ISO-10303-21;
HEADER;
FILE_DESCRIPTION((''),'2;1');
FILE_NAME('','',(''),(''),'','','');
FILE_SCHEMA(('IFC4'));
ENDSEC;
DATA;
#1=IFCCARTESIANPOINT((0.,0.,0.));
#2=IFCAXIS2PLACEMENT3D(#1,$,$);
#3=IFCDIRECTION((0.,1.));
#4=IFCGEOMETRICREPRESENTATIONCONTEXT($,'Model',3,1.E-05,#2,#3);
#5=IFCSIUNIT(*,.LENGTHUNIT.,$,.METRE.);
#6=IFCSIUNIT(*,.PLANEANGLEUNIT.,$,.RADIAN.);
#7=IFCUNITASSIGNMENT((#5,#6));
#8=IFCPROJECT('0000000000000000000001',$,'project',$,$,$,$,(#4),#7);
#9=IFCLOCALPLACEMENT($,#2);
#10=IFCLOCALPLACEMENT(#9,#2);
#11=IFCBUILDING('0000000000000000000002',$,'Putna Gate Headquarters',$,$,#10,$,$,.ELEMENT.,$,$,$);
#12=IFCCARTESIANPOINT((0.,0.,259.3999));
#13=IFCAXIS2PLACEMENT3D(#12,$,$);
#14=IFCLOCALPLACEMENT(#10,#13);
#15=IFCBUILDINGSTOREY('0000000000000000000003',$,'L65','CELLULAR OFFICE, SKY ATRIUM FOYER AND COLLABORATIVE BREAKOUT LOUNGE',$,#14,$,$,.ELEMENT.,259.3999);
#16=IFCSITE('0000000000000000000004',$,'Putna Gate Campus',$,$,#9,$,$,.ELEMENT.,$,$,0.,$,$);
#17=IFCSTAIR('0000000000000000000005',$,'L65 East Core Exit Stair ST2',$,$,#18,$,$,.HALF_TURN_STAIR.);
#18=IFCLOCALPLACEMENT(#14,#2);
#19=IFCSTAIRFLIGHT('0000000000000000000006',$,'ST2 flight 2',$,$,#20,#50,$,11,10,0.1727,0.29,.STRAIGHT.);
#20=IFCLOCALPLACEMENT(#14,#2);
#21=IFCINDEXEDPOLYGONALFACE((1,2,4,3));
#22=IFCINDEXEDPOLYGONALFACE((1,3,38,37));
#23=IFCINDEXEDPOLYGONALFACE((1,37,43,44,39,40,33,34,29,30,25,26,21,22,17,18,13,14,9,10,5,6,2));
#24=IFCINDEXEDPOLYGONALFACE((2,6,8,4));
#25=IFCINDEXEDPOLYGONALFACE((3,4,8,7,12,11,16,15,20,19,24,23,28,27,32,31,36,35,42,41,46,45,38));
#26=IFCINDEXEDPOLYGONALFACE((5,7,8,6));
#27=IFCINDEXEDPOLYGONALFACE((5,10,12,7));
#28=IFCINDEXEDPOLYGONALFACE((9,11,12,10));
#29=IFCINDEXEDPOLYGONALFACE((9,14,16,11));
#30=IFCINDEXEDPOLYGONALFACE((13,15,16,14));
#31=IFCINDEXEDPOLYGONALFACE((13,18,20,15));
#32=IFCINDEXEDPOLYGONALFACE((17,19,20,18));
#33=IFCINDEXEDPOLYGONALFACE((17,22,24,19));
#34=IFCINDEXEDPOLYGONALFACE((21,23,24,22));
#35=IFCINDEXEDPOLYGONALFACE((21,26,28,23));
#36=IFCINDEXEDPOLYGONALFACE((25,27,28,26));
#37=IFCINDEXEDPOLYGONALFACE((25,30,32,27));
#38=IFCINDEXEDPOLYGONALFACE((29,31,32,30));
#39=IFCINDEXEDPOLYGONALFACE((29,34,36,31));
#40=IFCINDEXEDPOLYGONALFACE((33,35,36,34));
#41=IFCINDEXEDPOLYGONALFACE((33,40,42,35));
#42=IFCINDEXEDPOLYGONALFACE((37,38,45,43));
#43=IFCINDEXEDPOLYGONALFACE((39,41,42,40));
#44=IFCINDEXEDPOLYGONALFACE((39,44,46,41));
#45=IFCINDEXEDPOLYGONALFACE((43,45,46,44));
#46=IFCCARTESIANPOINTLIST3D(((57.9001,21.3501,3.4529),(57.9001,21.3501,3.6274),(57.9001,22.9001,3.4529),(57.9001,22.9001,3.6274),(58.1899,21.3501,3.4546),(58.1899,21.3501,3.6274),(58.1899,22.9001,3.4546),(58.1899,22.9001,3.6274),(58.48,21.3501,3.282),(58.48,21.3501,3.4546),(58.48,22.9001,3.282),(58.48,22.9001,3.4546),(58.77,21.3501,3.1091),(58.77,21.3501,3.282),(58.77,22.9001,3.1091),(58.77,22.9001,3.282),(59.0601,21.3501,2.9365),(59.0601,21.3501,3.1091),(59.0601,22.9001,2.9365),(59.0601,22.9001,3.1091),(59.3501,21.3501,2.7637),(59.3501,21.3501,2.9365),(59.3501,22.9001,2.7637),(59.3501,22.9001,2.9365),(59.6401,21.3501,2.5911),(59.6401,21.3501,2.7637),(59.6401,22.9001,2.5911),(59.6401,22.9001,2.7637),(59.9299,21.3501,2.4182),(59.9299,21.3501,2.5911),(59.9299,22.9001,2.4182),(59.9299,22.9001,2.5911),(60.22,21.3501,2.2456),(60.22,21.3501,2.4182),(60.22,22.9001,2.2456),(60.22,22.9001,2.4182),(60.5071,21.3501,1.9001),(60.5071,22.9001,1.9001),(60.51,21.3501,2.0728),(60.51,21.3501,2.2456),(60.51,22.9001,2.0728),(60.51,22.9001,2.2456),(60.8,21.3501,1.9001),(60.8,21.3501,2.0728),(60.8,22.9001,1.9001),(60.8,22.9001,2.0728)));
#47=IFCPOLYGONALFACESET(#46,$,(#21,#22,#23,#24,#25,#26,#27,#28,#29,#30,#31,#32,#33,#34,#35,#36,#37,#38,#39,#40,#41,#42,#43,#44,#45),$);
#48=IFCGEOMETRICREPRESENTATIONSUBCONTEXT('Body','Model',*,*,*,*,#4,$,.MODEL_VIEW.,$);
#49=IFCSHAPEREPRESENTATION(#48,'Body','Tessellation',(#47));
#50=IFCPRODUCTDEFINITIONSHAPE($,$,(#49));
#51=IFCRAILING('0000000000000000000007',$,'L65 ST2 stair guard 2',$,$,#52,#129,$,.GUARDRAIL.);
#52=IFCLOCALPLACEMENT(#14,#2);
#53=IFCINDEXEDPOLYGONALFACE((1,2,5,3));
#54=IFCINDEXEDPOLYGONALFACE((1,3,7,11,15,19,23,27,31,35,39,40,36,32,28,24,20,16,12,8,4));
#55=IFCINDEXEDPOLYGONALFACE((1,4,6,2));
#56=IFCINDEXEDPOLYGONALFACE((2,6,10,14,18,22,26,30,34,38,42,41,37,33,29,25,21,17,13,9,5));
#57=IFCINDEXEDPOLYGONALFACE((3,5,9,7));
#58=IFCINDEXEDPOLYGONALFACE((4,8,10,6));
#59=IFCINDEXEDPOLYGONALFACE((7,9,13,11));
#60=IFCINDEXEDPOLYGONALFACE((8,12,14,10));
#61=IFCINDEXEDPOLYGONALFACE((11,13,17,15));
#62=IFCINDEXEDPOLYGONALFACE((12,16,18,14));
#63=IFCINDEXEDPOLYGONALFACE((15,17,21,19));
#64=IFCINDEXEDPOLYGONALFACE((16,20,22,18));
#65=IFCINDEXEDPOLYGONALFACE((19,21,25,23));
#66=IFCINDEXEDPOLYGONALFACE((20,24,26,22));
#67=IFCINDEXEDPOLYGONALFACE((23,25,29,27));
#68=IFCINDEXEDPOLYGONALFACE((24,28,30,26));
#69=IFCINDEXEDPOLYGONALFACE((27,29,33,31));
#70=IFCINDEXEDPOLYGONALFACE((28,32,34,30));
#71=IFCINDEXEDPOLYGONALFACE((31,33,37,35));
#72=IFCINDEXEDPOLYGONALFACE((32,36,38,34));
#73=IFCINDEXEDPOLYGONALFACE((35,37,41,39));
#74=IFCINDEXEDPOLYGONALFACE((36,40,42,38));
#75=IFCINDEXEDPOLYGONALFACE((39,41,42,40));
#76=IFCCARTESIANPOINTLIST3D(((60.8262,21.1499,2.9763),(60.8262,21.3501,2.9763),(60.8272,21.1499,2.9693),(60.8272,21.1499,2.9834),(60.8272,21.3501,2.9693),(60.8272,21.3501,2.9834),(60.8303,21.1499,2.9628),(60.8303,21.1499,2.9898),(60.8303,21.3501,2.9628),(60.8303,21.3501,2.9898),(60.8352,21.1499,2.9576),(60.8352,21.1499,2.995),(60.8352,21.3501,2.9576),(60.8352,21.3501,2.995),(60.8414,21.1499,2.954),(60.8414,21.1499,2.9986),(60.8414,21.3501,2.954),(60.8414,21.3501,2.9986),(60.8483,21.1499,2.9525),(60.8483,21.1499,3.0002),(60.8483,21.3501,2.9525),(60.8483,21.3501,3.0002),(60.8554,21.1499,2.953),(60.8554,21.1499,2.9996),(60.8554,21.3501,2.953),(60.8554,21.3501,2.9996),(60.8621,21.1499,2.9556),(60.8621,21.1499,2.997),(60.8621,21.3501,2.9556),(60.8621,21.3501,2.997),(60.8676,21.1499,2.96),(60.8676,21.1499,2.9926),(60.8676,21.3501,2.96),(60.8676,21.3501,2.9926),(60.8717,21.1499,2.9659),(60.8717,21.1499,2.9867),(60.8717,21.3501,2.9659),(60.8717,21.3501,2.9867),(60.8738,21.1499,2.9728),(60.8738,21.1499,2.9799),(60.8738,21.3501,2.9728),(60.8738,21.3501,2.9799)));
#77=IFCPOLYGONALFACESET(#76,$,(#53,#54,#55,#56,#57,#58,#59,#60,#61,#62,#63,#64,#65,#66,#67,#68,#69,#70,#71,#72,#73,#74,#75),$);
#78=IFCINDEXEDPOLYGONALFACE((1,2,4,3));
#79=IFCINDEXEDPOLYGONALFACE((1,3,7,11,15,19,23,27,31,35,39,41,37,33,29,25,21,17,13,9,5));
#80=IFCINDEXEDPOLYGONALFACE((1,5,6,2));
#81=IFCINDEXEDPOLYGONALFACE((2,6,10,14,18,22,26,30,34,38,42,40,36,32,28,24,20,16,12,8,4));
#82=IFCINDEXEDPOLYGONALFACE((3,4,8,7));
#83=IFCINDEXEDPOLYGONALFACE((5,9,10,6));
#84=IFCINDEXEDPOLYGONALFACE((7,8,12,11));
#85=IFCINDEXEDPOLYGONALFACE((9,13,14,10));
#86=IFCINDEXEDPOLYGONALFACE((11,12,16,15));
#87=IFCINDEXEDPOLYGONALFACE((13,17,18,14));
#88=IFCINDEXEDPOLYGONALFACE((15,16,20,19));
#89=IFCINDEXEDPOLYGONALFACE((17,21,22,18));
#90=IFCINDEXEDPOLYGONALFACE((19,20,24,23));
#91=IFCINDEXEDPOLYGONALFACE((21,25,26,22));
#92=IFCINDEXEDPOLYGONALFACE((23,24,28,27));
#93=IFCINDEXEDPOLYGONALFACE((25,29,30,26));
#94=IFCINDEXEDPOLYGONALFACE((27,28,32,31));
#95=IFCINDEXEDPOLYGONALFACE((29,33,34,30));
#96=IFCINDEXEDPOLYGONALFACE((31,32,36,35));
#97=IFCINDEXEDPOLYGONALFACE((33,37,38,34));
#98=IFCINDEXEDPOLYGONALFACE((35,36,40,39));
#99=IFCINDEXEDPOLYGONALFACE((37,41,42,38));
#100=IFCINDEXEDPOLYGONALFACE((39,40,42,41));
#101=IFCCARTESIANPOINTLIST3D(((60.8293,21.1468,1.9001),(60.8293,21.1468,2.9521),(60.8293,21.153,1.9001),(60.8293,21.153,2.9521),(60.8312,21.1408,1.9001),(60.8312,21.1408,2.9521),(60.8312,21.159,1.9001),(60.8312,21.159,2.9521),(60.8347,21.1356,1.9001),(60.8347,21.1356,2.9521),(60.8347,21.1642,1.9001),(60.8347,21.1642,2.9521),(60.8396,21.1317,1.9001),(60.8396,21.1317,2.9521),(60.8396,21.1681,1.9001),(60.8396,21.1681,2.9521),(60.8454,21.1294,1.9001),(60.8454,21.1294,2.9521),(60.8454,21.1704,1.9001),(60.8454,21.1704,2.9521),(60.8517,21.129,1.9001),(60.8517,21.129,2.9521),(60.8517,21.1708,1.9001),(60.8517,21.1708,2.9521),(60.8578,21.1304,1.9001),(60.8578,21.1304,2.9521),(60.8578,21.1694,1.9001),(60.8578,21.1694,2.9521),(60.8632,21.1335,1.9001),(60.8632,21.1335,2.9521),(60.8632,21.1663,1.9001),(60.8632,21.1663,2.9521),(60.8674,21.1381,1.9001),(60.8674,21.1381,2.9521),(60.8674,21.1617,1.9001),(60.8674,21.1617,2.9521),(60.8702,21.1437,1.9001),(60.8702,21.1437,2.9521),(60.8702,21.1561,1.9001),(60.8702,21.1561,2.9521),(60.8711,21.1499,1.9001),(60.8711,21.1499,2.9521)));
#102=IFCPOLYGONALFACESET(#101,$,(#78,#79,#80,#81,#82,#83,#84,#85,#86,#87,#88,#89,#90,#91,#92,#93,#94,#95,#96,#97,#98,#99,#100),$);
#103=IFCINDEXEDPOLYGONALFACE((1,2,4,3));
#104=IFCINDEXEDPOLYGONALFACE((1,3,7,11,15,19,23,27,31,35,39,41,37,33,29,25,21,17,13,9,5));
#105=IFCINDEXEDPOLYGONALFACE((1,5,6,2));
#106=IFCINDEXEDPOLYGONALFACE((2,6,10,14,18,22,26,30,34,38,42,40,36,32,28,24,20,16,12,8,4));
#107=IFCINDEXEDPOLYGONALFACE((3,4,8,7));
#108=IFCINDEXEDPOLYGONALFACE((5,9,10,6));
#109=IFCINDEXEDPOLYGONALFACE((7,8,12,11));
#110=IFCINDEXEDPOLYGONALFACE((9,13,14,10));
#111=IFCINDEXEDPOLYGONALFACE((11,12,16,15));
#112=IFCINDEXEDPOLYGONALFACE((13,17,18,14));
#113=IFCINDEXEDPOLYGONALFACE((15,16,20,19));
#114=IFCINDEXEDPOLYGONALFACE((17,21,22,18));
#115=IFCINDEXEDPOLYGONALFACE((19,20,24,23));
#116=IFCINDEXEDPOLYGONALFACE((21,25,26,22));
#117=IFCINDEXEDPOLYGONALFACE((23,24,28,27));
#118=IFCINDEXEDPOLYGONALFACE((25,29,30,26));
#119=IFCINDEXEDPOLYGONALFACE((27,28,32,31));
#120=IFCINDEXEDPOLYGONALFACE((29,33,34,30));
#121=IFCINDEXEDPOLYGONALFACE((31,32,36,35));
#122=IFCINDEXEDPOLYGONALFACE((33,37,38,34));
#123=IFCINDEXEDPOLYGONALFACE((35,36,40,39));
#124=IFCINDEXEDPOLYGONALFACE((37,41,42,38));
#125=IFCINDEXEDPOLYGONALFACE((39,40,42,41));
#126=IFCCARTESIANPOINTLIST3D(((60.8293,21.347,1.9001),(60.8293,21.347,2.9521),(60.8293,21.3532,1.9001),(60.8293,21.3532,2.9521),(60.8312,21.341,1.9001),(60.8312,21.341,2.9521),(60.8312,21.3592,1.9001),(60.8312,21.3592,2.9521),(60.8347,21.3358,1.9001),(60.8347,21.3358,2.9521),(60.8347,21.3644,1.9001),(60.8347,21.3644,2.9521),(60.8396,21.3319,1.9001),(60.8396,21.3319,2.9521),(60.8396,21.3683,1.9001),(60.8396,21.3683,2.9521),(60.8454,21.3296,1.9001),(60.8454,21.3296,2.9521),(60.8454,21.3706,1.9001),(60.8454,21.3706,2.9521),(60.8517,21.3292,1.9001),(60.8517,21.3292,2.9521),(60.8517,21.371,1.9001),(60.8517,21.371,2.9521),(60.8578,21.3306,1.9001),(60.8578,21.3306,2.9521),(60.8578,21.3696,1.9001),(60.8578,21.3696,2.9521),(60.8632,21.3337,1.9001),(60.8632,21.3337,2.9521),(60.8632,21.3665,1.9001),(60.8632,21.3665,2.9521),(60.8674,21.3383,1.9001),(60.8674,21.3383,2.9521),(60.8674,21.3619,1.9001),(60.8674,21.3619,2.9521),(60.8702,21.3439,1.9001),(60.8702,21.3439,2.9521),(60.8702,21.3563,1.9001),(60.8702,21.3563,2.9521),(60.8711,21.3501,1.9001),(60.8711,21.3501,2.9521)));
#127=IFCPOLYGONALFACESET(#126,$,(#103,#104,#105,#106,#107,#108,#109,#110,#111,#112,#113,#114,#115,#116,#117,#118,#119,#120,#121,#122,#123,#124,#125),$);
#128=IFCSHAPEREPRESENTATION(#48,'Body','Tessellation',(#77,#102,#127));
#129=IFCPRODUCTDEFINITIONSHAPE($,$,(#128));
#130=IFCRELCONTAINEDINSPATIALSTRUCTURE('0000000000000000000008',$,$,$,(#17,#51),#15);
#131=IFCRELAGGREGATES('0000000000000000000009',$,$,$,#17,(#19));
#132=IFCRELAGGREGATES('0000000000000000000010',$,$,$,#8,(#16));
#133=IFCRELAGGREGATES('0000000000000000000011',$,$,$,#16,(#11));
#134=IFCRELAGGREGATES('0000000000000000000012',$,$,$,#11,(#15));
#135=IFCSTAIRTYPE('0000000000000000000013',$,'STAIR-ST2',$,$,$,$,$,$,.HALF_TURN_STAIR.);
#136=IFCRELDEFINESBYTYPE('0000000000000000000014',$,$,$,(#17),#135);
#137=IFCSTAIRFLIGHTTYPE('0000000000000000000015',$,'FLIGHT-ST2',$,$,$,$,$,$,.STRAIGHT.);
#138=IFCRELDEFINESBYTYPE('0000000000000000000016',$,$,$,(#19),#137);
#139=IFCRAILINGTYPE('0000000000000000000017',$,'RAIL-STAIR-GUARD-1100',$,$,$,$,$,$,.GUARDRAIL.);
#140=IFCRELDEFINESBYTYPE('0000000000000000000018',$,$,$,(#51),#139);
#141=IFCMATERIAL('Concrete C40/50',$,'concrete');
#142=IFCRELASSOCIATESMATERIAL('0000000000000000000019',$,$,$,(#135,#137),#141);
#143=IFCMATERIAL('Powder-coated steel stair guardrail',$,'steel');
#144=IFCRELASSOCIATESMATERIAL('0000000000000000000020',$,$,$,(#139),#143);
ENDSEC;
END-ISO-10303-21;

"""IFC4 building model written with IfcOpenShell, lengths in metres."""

from ifc_helpers import new_model, si_unit, direction, frame, origin, origin_2d, place, context, subcontext, project, spatial, polyline, circle, outline, extrude, material, type_object, element, aggregate, save


model = new_model("IFC4")

# Units and contexts
model_context = context("Model", 3, precision=1e-05, world=origin(), true_north=direction((0.0, 1.0)))
body_context = subcontext(model_context, "Body", "Model", "MODEL_VIEW")
ifc_project = project(units=[si_unit("LENGTHUNIT", "METRE"), si_unit("PLANEANGLEUNIT", "RADIAN")], contexts=[model_context])

# Site, building, storey
site_placement = place(None, origin())
site = spatial("IfcSite", under=ifc_project, at=site_placement, Name="Putna Gate Campus", CompositionType="ELEMENT", RefElevation=0.0)
building_placement = place(site_placement, origin())
building = spatial("IfcBuilding", under=site, at=building_placement, Name="Putna Gate Headquarters", CompositionType="ELEMENT")
storey_placement = place(building_placement, frame((0.0, 0.0, 259.3999)))
storey = spatial("IfcBuildingStorey", under=building, at=storey_placement, Name="L65", Description="CELLULAR OFFICE, SKY ATRIUM FOYER AND COLLABORATIVE BREAKOUT LOUNGE", CompositionType="ELEMENT", Elevation=259.3999)

# Shared definitions
ifc_material_1 = material(Name="Concrete C40/50", Category="concrete")

# Stair, stair flight
stair_type = type_object("IfcStairType", Name="STAIR-ST2", PredefinedType="HALF_TURN_STAIR", material=ifc_material_1)
stair_placement = place(storey_placement, origin())
stair = element("IfcStair", 1, at=stair_placement, inside=storey, type_object=stair_type, Name="L65 East Core Exit Stair ST2", PredefinedType="HALF_TURN_STAIR")
stair_flight_type = type_object("IfcStairFlightType", Name="FLIGHT-ST2", PredefinedType="STRAIGHT", material=ifc_material_1)
stair_flight_placement = place(storey_placement, frame((60.8, 22.125, 1.9001), z_axis=(0.0, 0.0, 1.0), x_axis=(-1.0, 0.0, 0.0)))
stair_flight = element("IfcStairFlight", 2, at=stair_flight_placement, type_object=stair_flight_type, Name="ST2 flight 2", NumberOfRisers=11, NumberOfTreads=10, PredefinedType="STRAIGHT", RiserHeight=0.1727, TreadLength=0.29, context=body_context, shape_type="SweptSolid", body=[
    extrude(outline(polyline([(0.0, 0.0), (0.0, 0.1726), (0.29, 0.1726), (0.29, 0.3455), (0.5801, 0.3455), (0.5801, 0.5181), (0.8701, 0.5181), (0.8701, 0.6909), (1.1599, 0.6909), (1.1599, 0.8635), (1.45, 0.8635), (1.45, 1.0364), (1.74, 1.0364), (1.74, 1.209), (2.03, 1.209), (2.03, 1.3818), (2.3201, 1.3818), (2.3201, 1.5544), (2.6101, 1.5544), (2.6101, 1.7273), (2.8999, 1.7273), (2.8999, 1.8999), (2.8999, 1.5527), (0.293, 0.0), (0.0, 0.0)])), frame((0.0, 0.7749, 0.0), z_axis=(0.0, -1.0, 0.0), x_axis=(1.0, 0.0, 0.0)), (0.0, 0.0, 1.0), 1.55),
])
aggregate(stair, [stair_flight])

# Railing
ifc_material_2 = material(Name="Powder-coated steel stair guardrail", Category="steel")
railing_type_1 = type_object("IfcRailingType", Name="RAIL-STAIR-GUARD-1100", PredefinedType="GUARDRAIL", material=ifc_material_2)
railing_1_placement = place(storey_placement, frame((60.8501, 21.1499, 1.9001)))
element("IfcRailing", 3, at=railing_1_placement, inside=storey, type_object=railing_type_1, Name="L65 ST2 stair guard 2", PredefinedType="GUARDRAIL", context=body_context, shape_type="SweptSolid", body=[
    extrude(circle(Radius=0.0239, at=origin_2d()), frame((0.0, 0.0, 1.0762), z_axis=(0.0, 1.0, 0.0), x_axis=(-1.0, 0.0, 0.0)), (0.0, 0.0, 1.0), 0.2002),
    extrude(circle(Radius=0.021, at=origin_2d()), origin(), (0.0, 0.0, 1.0), 1.052),
    extrude(circle(Radius=0.021, at=origin_2d()), frame((0.0, 0.2002, 0.0)), (0.0, 0.0, 1.0), 1.052),
])

save(model, "model.ifc")
